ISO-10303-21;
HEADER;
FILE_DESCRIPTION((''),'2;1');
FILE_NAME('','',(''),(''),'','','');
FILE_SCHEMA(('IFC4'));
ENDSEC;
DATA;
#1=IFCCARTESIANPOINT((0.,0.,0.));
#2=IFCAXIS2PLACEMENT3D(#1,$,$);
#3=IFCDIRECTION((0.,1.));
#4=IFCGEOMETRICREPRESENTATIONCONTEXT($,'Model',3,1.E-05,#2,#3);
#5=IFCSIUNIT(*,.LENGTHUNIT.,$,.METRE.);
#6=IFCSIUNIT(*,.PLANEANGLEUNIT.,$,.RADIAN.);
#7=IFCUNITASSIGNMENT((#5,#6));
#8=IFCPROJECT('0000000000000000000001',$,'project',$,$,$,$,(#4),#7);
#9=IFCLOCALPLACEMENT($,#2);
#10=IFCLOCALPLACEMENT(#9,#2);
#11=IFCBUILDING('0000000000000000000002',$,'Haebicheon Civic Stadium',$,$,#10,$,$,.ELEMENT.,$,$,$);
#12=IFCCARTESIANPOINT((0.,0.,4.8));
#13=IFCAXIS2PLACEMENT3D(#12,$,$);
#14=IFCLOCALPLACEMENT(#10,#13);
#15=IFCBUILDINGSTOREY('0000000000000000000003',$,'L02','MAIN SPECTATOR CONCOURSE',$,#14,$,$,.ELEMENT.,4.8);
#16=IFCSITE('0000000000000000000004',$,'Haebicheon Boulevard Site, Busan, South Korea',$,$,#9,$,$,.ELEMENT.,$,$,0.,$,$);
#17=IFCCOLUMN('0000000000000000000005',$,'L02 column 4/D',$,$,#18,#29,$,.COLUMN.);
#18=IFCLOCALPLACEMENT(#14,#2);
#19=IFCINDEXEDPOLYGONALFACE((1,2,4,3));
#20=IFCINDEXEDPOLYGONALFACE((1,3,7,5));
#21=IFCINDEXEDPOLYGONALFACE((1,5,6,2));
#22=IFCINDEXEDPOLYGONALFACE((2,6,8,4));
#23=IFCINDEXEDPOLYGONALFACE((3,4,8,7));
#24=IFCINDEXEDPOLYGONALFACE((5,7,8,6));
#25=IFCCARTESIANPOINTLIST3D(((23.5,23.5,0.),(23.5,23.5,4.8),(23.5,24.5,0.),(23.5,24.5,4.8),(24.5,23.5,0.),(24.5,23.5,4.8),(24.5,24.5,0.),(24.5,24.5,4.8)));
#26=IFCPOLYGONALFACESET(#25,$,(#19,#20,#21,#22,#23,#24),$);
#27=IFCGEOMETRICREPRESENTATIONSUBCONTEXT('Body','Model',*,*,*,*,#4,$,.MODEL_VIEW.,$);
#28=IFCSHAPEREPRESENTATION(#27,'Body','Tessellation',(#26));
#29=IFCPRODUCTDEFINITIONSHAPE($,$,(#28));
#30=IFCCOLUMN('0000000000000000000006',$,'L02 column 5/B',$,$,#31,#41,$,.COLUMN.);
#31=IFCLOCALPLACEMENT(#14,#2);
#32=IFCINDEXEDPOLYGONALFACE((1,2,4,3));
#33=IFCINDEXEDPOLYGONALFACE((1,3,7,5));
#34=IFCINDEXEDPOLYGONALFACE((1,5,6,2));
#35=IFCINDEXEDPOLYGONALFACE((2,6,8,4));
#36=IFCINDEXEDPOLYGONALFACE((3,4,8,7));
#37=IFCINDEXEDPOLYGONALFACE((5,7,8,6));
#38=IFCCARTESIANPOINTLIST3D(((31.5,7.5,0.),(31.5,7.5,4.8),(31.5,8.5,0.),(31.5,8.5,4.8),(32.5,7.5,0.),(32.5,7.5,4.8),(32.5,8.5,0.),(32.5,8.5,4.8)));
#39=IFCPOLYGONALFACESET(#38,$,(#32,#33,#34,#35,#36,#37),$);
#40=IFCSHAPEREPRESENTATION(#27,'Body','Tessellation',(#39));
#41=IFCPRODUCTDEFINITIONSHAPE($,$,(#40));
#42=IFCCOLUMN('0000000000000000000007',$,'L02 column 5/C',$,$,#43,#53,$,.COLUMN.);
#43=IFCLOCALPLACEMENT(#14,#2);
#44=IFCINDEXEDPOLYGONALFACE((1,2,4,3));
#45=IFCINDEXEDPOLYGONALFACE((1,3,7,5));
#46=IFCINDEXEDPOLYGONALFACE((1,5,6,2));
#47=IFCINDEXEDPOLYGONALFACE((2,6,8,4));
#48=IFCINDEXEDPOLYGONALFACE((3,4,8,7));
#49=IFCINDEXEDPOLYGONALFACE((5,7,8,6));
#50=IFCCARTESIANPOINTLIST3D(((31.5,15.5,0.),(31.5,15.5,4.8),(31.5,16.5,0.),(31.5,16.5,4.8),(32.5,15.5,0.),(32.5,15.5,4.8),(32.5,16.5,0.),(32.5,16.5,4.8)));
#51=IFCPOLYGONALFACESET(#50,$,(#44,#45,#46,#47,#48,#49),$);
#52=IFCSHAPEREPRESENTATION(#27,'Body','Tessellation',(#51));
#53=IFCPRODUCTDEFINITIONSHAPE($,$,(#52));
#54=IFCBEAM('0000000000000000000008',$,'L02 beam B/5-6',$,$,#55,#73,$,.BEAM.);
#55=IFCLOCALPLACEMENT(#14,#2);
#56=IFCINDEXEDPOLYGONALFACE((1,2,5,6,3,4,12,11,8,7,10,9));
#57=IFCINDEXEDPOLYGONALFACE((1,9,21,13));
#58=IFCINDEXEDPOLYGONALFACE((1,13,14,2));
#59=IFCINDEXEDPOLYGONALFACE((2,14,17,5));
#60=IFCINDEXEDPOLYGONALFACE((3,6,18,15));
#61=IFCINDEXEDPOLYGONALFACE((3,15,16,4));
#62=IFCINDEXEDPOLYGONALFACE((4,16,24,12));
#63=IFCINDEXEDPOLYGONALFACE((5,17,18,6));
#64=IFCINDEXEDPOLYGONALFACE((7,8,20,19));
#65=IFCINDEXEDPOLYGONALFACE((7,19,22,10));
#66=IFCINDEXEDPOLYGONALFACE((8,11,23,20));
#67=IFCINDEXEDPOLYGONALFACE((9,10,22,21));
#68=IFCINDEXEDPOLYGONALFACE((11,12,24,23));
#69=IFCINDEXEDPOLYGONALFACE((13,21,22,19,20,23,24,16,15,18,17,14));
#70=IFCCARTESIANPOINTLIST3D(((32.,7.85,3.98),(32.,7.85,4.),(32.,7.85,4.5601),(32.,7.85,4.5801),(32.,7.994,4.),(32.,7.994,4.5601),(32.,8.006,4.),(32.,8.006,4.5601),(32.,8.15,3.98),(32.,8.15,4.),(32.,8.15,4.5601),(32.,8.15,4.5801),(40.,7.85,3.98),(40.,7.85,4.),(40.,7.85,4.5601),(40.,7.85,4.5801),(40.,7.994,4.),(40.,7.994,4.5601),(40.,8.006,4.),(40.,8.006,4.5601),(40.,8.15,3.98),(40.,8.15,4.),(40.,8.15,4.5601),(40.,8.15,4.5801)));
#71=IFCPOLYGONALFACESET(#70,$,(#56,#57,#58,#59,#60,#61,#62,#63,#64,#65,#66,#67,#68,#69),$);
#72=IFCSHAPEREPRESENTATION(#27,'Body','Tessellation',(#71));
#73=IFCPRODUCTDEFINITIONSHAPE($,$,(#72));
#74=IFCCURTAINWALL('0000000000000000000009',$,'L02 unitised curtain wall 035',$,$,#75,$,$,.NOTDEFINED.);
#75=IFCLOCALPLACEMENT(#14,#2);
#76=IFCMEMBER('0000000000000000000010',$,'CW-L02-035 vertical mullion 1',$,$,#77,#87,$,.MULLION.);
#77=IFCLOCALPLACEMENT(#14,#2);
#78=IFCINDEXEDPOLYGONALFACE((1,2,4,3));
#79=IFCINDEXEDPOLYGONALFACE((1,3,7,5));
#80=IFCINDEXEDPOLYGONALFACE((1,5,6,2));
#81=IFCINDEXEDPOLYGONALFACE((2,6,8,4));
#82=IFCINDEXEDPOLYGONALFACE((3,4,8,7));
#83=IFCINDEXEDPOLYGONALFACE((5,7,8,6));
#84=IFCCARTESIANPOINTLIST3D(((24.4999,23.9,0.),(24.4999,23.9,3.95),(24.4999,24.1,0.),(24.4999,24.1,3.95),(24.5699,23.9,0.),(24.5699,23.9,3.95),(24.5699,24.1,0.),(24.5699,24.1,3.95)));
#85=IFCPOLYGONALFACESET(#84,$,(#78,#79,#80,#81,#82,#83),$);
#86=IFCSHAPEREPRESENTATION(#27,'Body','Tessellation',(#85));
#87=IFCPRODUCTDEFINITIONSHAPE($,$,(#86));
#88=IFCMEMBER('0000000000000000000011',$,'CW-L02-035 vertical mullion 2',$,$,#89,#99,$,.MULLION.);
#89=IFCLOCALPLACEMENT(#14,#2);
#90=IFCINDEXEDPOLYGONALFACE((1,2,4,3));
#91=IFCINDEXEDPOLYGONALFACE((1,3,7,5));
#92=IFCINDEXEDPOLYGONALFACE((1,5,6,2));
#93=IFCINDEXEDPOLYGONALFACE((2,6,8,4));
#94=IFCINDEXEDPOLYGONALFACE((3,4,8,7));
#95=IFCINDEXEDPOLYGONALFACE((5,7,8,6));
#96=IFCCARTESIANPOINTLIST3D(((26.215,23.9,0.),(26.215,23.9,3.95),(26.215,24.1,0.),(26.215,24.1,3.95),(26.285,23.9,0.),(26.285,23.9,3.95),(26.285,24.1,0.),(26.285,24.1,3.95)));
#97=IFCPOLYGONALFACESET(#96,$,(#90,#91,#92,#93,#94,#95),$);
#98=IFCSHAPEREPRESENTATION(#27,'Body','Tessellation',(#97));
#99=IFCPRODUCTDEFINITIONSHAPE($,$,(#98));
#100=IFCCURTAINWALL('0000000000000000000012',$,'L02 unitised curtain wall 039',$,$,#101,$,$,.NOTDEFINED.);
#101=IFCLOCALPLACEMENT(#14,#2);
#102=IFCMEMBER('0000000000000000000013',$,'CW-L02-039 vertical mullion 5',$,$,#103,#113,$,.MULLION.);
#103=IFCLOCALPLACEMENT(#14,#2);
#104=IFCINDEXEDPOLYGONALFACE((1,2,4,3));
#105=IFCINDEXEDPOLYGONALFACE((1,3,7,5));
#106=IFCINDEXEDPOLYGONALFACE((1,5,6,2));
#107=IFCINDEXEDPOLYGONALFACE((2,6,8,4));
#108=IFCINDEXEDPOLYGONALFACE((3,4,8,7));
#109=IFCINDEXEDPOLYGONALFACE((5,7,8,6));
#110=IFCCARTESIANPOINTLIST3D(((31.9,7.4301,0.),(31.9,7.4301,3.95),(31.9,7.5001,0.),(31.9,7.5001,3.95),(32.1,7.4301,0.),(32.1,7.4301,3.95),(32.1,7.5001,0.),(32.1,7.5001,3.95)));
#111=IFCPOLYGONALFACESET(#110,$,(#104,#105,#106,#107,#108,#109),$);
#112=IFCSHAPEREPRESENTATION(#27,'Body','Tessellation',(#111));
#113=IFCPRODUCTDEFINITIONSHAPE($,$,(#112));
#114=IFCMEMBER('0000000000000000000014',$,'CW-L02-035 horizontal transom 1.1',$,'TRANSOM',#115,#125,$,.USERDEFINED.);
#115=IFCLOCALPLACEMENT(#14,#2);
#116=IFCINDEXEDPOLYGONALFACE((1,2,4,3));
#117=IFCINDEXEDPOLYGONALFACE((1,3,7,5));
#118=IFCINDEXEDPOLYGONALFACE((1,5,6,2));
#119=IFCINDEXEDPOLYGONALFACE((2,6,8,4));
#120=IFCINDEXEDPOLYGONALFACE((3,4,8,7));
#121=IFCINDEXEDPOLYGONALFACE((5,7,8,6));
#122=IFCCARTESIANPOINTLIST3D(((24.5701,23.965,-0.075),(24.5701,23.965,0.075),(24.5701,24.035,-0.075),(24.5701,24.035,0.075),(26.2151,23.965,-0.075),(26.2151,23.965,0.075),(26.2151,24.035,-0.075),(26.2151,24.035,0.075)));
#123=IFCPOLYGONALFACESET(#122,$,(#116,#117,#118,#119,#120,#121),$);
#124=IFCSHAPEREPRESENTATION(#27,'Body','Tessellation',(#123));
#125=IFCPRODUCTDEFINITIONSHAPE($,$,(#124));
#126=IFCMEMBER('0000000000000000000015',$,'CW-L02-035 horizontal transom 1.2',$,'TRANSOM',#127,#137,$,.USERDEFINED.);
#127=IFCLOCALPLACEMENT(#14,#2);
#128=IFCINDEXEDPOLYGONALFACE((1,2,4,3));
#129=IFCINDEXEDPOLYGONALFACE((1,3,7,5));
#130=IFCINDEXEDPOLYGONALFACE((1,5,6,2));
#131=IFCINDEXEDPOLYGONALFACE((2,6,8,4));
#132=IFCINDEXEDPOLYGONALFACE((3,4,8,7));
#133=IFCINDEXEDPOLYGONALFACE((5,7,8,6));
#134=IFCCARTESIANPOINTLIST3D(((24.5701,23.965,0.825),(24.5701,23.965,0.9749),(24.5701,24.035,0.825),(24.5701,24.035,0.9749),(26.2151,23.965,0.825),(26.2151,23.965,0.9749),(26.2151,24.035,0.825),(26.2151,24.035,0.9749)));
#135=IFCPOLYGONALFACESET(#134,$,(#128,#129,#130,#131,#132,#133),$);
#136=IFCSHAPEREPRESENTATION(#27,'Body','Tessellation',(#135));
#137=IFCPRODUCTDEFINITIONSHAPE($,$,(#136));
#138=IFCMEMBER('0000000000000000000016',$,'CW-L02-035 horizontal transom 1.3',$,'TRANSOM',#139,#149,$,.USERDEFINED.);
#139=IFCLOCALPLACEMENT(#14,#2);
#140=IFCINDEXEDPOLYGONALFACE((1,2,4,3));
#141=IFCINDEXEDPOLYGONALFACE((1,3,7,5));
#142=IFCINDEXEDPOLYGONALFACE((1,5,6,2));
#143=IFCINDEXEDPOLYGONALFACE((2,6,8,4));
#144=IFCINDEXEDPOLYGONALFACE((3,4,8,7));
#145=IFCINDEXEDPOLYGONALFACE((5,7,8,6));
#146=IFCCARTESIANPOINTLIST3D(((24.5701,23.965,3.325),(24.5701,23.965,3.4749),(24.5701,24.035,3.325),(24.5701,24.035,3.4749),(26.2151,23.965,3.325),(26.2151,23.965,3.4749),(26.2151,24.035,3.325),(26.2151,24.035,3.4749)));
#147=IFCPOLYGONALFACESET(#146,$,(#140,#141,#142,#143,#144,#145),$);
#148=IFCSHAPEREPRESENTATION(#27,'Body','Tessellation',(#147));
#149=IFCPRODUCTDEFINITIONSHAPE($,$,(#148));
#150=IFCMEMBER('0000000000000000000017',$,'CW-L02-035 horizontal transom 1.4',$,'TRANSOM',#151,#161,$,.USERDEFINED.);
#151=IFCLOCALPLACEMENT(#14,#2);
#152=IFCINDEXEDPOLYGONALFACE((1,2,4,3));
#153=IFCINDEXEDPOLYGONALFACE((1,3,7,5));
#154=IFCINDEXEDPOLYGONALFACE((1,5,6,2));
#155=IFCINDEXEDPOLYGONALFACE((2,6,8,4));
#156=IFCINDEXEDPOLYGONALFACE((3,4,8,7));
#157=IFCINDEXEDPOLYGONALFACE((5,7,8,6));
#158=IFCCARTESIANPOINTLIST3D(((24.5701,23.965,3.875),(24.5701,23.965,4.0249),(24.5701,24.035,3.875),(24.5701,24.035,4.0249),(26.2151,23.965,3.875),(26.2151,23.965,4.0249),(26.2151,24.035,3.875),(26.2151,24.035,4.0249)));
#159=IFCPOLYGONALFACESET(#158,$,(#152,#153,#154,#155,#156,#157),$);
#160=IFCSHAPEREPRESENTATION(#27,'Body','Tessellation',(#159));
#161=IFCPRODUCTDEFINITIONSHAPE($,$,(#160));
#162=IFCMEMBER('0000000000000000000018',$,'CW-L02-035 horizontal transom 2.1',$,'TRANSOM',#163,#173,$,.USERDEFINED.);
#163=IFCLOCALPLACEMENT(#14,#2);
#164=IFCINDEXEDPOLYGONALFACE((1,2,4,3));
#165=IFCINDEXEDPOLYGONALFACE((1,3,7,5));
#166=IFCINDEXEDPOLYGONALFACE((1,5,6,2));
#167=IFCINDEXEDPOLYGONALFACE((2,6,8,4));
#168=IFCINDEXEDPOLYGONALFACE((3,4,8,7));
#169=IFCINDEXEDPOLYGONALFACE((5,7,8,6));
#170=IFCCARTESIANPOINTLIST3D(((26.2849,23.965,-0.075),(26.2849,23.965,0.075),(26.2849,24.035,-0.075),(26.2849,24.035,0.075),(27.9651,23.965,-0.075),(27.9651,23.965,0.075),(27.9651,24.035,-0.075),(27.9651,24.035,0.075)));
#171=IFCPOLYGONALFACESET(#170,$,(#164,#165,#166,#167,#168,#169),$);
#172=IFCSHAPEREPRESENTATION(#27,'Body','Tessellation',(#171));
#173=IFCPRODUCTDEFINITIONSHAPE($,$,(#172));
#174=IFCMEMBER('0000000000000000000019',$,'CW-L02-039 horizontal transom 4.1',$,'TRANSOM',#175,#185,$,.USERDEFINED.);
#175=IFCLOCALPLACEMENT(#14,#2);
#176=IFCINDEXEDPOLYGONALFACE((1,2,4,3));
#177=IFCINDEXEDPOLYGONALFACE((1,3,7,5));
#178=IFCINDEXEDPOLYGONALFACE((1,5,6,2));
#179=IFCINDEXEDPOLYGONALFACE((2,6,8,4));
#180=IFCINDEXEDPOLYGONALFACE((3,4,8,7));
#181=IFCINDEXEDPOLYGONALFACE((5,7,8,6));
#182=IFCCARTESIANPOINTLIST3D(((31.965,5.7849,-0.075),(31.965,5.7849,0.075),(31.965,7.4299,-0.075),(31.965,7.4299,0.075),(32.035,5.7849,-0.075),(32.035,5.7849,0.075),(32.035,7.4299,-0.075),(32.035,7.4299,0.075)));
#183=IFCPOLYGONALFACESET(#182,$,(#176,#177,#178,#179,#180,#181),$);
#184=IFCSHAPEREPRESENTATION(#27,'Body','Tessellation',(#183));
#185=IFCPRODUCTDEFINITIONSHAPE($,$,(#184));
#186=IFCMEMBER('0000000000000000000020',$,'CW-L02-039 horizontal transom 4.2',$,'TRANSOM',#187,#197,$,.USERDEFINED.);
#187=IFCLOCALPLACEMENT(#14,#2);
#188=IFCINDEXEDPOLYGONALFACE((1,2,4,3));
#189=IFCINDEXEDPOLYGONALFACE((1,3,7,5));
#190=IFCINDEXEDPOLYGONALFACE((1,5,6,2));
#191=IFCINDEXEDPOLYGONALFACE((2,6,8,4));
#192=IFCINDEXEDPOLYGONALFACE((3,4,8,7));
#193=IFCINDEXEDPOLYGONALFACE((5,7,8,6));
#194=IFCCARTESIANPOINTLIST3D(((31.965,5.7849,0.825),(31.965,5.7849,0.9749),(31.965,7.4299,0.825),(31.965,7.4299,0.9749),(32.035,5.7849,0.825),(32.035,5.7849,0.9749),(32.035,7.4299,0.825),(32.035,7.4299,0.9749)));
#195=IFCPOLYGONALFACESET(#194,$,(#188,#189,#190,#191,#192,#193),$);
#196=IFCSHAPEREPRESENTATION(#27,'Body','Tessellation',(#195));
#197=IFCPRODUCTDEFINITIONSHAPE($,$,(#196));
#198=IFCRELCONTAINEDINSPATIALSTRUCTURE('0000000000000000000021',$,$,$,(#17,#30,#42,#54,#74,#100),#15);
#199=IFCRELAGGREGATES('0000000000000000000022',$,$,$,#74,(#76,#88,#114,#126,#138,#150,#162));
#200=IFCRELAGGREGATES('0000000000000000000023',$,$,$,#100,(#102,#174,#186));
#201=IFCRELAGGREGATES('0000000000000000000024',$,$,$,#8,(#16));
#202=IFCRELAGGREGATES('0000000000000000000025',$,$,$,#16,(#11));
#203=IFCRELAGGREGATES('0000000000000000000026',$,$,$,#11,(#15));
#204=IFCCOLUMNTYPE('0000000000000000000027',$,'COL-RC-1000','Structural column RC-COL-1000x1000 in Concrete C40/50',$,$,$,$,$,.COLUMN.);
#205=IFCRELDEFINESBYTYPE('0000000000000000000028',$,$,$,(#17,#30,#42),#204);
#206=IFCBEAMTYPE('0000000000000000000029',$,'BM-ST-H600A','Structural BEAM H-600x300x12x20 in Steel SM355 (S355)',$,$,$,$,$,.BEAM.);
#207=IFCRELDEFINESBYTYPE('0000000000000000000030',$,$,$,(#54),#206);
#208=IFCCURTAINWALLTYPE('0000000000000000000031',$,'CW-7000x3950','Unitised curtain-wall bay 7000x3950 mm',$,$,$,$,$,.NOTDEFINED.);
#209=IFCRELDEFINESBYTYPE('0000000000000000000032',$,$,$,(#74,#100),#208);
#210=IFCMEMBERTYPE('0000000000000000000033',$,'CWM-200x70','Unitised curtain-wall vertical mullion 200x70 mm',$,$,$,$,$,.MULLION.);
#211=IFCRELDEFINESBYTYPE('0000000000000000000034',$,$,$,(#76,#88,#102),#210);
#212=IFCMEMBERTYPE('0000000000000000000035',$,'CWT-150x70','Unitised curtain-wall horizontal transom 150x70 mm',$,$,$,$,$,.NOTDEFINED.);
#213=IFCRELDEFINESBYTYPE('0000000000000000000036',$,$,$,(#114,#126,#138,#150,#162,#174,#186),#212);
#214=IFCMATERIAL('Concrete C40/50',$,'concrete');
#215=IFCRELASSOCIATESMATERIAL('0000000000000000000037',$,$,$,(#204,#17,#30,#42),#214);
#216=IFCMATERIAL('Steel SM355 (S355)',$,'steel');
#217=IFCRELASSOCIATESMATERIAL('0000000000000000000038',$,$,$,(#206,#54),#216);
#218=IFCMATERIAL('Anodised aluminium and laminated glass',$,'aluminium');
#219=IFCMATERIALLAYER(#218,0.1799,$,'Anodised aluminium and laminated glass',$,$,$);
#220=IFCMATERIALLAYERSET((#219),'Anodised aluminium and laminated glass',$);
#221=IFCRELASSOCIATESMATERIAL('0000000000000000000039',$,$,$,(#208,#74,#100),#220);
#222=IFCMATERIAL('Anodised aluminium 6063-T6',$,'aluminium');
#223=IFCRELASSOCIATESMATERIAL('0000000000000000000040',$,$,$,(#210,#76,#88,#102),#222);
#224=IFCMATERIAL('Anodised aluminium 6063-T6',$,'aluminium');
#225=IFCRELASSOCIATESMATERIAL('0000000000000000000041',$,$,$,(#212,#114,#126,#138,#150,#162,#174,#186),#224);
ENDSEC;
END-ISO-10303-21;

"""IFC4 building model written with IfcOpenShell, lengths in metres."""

from ifc_helpers import new_model, si_unit, direction, frame, origin, origin_2d, place, context, subcontext, project, spatial, rectangle, i_section, extrude, material, layer, layer_set, material_profile, profile_set, type_object, element, aggregate, save


model = new_model("IFC4")

# Units and contexts
model_context = context("Model", 3, precision=1e-05, world=origin(), true_north=direction((0.0, 1.0)))
body_context = subcontext(model_context, "Body", "Model", "MODEL_VIEW")
ifc_project = project(units=[si_unit("LENGTHUNIT", "METRE"), si_unit("PLANEANGLEUNIT", "RADIAN")], contexts=[model_context])

# Site, building, storey
site_placement = place(None, origin())
site = spatial("IfcSite", under=ifc_project, at=site_placement, Name="Haebicheon Boulevard Site, Busan, South Korea", CompositionType="ELEMENT", RefElevation=0.0)
building_placement = place(site_placement, origin())
building = spatial("IfcBuilding", under=site, at=building_placement, Name="Haebicheon Civic Stadium", CompositionType="ELEMENT")
storey_placement = place(building_placement, frame((0.0, 0.0, 4.8)))
storey = spatial("IfcBuildingStorey", under=building, at=storey_placement, Name="L02", Description="MAIN SPECTATOR CONCOURSE", CompositionType="ELEMENT", Elevation=4.8)

# Columns
ifc_material_1 = material(Name="Concrete C40/50", Category="concrete")
ifc_material_profile_1 = material_profile(ifc_material_1, rectangle(XDim=1.0, YDim=1.0, at=origin_2d()), Name="RC-COL-1000x1000")
ifc_profile_set_1 = profile_set([ifc_material_profile_1], Name="Concrete C40/50")
column_type = type_object("IfcColumnType", Name="COL-RC-1000", Description="Structural column RC-COL-1000x1000 in Concrete C40/50", PredefinedType="COLUMN", material=ifc_profile_set_1)
for number, where, z_axis, x_axis, name in (
    (1, (24.0, 24.0, 0.0), (0.0, 0.0, 1.0), (1.0, 0.0, 0.0), "L02 column 4/D"),
    (2, (32.0, 8.0, 0.0), (0.0, 0.0, 1.0), (1.0, 0.0, 0.0), "L02 column 5/B"),
    (3, (32.0, 16.0, 0.0), (0.0, 0.0, 1.0), (1.0, 0.0, 0.0), "L02 column 5/C"),
):
    element("IfcColumn", number, at=place(storey_placement, frame(where, z_axis=z_axis, x_axis=x_axis)), inside=storey, type_object=column_type, material=ifc_profile_set_1, Name=name, PredefinedType="COLUMN", context=body_context, shape_type="SweptSolid", body=[
        extrude(rectangle(XDim=1.0, YDim=1.0, at=origin_2d()), origin(), (0.0, 0.0, 1.0), 4.8),
    ])

# Beam
ifc_material_2 = material(Name="Steel SM355 (S355)", Category="steel")
ifc_material_profile_2 = material_profile(ifc_material_2, i_section(OverallWidth=0.3, OverallDepth=0.6001, WebThickness=0.012, FlangeThickness=0.02, at=origin_2d()), Name="H-600x300x12x20")
ifc_profile_set_2 = profile_set([ifc_material_profile_2], Name="Steel SM355 (S355)")
beam_type_1 = type_object("IfcBeamType", Name="BM-ST-H600A", Description="Structural BEAM H-600x300x12x20 in Steel SM355 (S355)", PredefinedType="BEAM", material=ifc_profile_set_2)
beam_1_placement = place(storey_placement, frame((32.0, 8.0, 4.28), z_axis=(1.0, 0.0, 0.0), x_axis=(0.0, 1.0, 0.0)))
element("IfcBeam", 4, at=beam_1_placement, inside=storey, type_object=beam_type_1, material=ifc_profile_set_2, Name="L02 beam B/5-6", PredefinedType="BEAM", context=body_context, shape_type="SweptSolid", body=[
    extrude(i_section(OverallWidth=0.3, OverallDepth=0.6001, WebThickness=0.012, FlangeThickness=0.02, at=origin_2d()), origin(), (0.0, 0.0, 1.0), 8.0),
])

# Curtain wall, members
ifc_material_3 = material(Name="Anodised aluminium and laminated glass", Category="aluminium")
ifc_layer_1 = layer(ifc_material_3, 0.1799, Name="Anodised aluminium and laminated glass")
ifc_layer_set_1 = layer_set([ifc_layer_1], Name="Anodised aluminium and laminated glass")
curtain_wall_type = type_object("IfcCurtainWallType", Name="CW-7000x3950", Description="Unitised curtain-wall bay 7000x3950 mm", PredefinedType="NOTDEFINED", material=ifc_layer_set_1)
curtain_wall_1_placement = place(storey_placement, origin())
curtain_wall_1 = element("IfcCurtainWall", 5, at=curtain_wall_1_placement, inside=storey, type_object=curtain_wall_type, material=ifc_layer_set_1, Name="L02 unitised curtain wall 035", PredefinedType="NOTDEFINED")
ifc_material_4 = material(Name="Anodised aluminium 6063-T6", Category="aluminium")
ifc_material_profile_3 = material_profile(ifc_material_4, rectangle(XDim=0.0701, YDim=0.2, at=origin_2d()), Name="ALU-MULL-70x200")
ifc_profile_set_3 = profile_set([ifc_material_profile_3], Name="Anodised aluminium 6063-T6")
member_type_1 = type_object("IfcMemberType", Name="CWM-200x70", Description="Unitised curtain-wall vertical mullion 200x70 mm", PredefinedType="MULLION", material=ifc_profile_set_3)
member_1_placement = place(storey_placement, frame((24.5349, 24.0, 0.0), z_axis=(0.0, 0.0, 1.0), x_axis=(1.0, 0.0, 0.0)))
member_1 = element("IfcMember", 6, at=member_1_placement, type_object=member_type_1, material=ifc_profile_set_3, Name="CW-L02-035 vertical mullion 1", PredefinedType="MULLION", context=body_context, shape_type="SweptSolid", body=[
    extrude(rectangle(XDim=0.0701, YDim=0.2, at=origin_2d()), origin(), (0.0, 0.0, 1.0), 3.95),
])
member_2_placement = place(storey_placement, frame((26.25, 24.0, 0.0), z_axis=(0.0, 0.0, 1.0), x_axis=(1.0, 0.0, 0.0)))
member_2 = element("IfcMember", 7, at=member_2_placement, type_object=member_type_1, material=ifc_profile_set_3, Name="CW-L02-035 vertical mullion 2", PredefinedType="MULLION", context=body_context, shape_type="SweptSolid", body=[
    extrude(rectangle(XDim=0.0701, YDim=0.2, at=origin_2d()), origin(), (0.0, 0.0, 1.0), 3.95),
])

# Curtain wall, member
curtain_wall_2_placement = place(storey_placement, origin())
curtain_wall_2 = element("IfcCurtainWall", 8, at=curtain_wall_2_placement, inside=storey, type_object=curtain_wall_type, material=ifc_layer_set_1, Name="L02 unitised curtain wall 039", PredefinedType="NOTDEFINED")
member_3_placement = place(storey_placement, frame((32.0, 7.4651, 0.0), z_axis=(0.0, 0.0, 1.0), x_axis=(0.0, 1.0, 0.0)))
member_3 = element("IfcMember", 9, at=member_3_placement, type_object=member_type_1, material=ifc_profile_set_3, Name="CW-L02-039 vertical mullion 5", PredefinedType="MULLION", context=body_context, shape_type="SweptSolid", body=[
    extrude(rectangle(XDim=0.0701, YDim=0.2, at=origin_2d()), origin(), (0.0, 0.0, 1.0), 3.95),
])

# Members
ifc_material_5 = material(Name="Anodised aluminium 6063-T6", Category="aluminium")
ifc_material_profile_4 = material_profile(ifc_material_5, rectangle(XDim=0.0701, YDim=0.1499, at=origin_2d()), Name="ALU-TRAN-70x150")
ifc_profile_set_4 = profile_set([ifc_material_profile_4], Name="Anodised aluminium 6063-T6")
member_type_2 = type_object("IfcMemberType", Name="CWT-150x70", Description="Unitised curtain-wall horizontal transom 150x70 mm", PredefinedType="NOTDEFINED", material=ifc_profile_set_4)
member_4_placement = place(storey_placement, frame((24.5701, 24.0, 0.0), z_axis=(1.0, 0.0, 0.0), x_axis=(0.0, 1.0, 0.0)))
member_4 = element("IfcMember", 10, at=member_4_placement, type_object=member_type_2, material=ifc_profile_set_4, Name="CW-L02-035 horizontal transom 1.1", ObjectType="TRANSOM", PredefinedType="USERDEFINED", context=body_context, shape_type="SweptSolid", body=[
    extrude(rectangle(XDim=0.0701, YDim=0.1499, at=origin_2d()), origin(), (0.0, 0.0, 1.0), 1.645),
])
member_5_placement = place(storey_placement, frame((24.5701, 24.0, 0.8999), z_axis=(1.0, 0.0, 0.0), x_axis=(0.0, 1.0, 0.0)))
member_5 = element("IfcMember", 11, at=member_5_placement, type_object=member_type_2, material=ifc_profile_set_4, Name="CW-L02-035 horizontal transom 1.2", ObjectType="TRANSOM", PredefinedType="USERDEFINED", context=body_context, shape_type="SweptSolid", body=[
    extrude(rectangle(XDim=0.0701, YDim=0.1499, at=origin_2d()), origin(), (0.0, 0.0, 1.0), 1.645),
])
member_6_placement = place(storey_placement, frame((24.5701, 24.0, 3.3999), z_axis=(1.0, 0.0, 0.0), x_axis=(0.0, 1.0, 0.0)))
member_6 = element("IfcMember", 12, at=member_6_placement, type_object=member_type_2, material=ifc_profile_set_4, Name="CW-L02-035 horizontal transom 1.3", ObjectType="TRANSOM", PredefinedType="USERDEFINED", context=body_context, shape_type="SweptSolid", body=[
    extrude(rectangle(XDim=0.0701, YDim=0.1499, at=origin_2d()), origin(), (0.0, 0.0, 1.0), 1.645),
])
member_7_placement = place(storey_placement, frame((24.5701, 24.0, 3.95), z_axis=(1.0, 0.0, 0.0), x_axis=(0.0, 1.0, 0.0)))
member_7 = element("IfcMember", 13, at=member_7_placement, type_object=member_type_2, material=ifc_profile_set_4, Name="CW-L02-035 horizontal transom 1.4", ObjectType="TRANSOM", PredefinedType="USERDEFINED", context=body_context, shape_type="SweptSolid", body=[
    extrude(rectangle(XDim=0.0701, YDim=0.1499, at=origin_2d()), origin(), (0.0, 0.0, 1.0), 1.645),
])
member_8_placement = place(storey_placement, frame((26.2849, 24.0, 0.0), z_axis=(1.0, 0.0, 0.0), x_axis=(0.0, 1.0, 0.0)))
member_8 = element("IfcMember", 14, at=member_8_placement, type_object=member_type_2, material=ifc_profile_set_4, Name="CW-L02-035 horizontal transom 2.1", ObjectType="TRANSOM", PredefinedType="USERDEFINED", context=body_context, shape_type="SweptSolid", body=[
    extrude(rectangle(XDim=0.0701, YDim=0.1499, at=origin_2d()), origin(), (0.0, 0.0, 1.0), 1.6802),
])
member_9_placement = place(storey_placement, frame((32.0, 5.7849, 0.0), z_axis=(0.0, 1.0, 0.0), x_axis=(-1.0, 0.0, 0.0)))
member_9 = element("IfcMember", 15, at=member_9_placement, type_object=member_type_2, material=ifc_profile_set_4, Name="CW-L02-039 horizontal transom 4.1", ObjectType="TRANSOM", PredefinedType="USERDEFINED", context=body_context, shape_type="SweptSolid", body=[
    extrude(rectangle(XDim=0.0701, YDim=0.1499, at=origin_2d()), origin(), (0.0, 0.0, 1.0), 1.645),
])
member_10_placement = place(storey_placement, frame((32.0, 5.7849, 0.8999), z_axis=(0.0, 1.0, 0.0), x_axis=(-1.0, 0.0, 0.0)))
member_10 = element("IfcMember", 16, at=member_10_placement, type_object=member_type_2, material=ifc_profile_set_4, Name="CW-L02-039 horizontal transom 4.2", ObjectType="TRANSOM", PredefinedType="USERDEFINED", context=body_context, shape_type="SweptSolid", body=[
    extrude(rectangle(XDim=0.0701, YDim=0.1499, at=origin_2d()), origin(), (0.0, 0.0, 1.0), 1.645),
])

aggregate(curtain_wall_1, [member_1, member_2, member_4, member_5, member_6, member_7, member_8])
aggregate(curtain_wall_2, [member_3, member_9, member_10])

save(model, "model.ifc")
